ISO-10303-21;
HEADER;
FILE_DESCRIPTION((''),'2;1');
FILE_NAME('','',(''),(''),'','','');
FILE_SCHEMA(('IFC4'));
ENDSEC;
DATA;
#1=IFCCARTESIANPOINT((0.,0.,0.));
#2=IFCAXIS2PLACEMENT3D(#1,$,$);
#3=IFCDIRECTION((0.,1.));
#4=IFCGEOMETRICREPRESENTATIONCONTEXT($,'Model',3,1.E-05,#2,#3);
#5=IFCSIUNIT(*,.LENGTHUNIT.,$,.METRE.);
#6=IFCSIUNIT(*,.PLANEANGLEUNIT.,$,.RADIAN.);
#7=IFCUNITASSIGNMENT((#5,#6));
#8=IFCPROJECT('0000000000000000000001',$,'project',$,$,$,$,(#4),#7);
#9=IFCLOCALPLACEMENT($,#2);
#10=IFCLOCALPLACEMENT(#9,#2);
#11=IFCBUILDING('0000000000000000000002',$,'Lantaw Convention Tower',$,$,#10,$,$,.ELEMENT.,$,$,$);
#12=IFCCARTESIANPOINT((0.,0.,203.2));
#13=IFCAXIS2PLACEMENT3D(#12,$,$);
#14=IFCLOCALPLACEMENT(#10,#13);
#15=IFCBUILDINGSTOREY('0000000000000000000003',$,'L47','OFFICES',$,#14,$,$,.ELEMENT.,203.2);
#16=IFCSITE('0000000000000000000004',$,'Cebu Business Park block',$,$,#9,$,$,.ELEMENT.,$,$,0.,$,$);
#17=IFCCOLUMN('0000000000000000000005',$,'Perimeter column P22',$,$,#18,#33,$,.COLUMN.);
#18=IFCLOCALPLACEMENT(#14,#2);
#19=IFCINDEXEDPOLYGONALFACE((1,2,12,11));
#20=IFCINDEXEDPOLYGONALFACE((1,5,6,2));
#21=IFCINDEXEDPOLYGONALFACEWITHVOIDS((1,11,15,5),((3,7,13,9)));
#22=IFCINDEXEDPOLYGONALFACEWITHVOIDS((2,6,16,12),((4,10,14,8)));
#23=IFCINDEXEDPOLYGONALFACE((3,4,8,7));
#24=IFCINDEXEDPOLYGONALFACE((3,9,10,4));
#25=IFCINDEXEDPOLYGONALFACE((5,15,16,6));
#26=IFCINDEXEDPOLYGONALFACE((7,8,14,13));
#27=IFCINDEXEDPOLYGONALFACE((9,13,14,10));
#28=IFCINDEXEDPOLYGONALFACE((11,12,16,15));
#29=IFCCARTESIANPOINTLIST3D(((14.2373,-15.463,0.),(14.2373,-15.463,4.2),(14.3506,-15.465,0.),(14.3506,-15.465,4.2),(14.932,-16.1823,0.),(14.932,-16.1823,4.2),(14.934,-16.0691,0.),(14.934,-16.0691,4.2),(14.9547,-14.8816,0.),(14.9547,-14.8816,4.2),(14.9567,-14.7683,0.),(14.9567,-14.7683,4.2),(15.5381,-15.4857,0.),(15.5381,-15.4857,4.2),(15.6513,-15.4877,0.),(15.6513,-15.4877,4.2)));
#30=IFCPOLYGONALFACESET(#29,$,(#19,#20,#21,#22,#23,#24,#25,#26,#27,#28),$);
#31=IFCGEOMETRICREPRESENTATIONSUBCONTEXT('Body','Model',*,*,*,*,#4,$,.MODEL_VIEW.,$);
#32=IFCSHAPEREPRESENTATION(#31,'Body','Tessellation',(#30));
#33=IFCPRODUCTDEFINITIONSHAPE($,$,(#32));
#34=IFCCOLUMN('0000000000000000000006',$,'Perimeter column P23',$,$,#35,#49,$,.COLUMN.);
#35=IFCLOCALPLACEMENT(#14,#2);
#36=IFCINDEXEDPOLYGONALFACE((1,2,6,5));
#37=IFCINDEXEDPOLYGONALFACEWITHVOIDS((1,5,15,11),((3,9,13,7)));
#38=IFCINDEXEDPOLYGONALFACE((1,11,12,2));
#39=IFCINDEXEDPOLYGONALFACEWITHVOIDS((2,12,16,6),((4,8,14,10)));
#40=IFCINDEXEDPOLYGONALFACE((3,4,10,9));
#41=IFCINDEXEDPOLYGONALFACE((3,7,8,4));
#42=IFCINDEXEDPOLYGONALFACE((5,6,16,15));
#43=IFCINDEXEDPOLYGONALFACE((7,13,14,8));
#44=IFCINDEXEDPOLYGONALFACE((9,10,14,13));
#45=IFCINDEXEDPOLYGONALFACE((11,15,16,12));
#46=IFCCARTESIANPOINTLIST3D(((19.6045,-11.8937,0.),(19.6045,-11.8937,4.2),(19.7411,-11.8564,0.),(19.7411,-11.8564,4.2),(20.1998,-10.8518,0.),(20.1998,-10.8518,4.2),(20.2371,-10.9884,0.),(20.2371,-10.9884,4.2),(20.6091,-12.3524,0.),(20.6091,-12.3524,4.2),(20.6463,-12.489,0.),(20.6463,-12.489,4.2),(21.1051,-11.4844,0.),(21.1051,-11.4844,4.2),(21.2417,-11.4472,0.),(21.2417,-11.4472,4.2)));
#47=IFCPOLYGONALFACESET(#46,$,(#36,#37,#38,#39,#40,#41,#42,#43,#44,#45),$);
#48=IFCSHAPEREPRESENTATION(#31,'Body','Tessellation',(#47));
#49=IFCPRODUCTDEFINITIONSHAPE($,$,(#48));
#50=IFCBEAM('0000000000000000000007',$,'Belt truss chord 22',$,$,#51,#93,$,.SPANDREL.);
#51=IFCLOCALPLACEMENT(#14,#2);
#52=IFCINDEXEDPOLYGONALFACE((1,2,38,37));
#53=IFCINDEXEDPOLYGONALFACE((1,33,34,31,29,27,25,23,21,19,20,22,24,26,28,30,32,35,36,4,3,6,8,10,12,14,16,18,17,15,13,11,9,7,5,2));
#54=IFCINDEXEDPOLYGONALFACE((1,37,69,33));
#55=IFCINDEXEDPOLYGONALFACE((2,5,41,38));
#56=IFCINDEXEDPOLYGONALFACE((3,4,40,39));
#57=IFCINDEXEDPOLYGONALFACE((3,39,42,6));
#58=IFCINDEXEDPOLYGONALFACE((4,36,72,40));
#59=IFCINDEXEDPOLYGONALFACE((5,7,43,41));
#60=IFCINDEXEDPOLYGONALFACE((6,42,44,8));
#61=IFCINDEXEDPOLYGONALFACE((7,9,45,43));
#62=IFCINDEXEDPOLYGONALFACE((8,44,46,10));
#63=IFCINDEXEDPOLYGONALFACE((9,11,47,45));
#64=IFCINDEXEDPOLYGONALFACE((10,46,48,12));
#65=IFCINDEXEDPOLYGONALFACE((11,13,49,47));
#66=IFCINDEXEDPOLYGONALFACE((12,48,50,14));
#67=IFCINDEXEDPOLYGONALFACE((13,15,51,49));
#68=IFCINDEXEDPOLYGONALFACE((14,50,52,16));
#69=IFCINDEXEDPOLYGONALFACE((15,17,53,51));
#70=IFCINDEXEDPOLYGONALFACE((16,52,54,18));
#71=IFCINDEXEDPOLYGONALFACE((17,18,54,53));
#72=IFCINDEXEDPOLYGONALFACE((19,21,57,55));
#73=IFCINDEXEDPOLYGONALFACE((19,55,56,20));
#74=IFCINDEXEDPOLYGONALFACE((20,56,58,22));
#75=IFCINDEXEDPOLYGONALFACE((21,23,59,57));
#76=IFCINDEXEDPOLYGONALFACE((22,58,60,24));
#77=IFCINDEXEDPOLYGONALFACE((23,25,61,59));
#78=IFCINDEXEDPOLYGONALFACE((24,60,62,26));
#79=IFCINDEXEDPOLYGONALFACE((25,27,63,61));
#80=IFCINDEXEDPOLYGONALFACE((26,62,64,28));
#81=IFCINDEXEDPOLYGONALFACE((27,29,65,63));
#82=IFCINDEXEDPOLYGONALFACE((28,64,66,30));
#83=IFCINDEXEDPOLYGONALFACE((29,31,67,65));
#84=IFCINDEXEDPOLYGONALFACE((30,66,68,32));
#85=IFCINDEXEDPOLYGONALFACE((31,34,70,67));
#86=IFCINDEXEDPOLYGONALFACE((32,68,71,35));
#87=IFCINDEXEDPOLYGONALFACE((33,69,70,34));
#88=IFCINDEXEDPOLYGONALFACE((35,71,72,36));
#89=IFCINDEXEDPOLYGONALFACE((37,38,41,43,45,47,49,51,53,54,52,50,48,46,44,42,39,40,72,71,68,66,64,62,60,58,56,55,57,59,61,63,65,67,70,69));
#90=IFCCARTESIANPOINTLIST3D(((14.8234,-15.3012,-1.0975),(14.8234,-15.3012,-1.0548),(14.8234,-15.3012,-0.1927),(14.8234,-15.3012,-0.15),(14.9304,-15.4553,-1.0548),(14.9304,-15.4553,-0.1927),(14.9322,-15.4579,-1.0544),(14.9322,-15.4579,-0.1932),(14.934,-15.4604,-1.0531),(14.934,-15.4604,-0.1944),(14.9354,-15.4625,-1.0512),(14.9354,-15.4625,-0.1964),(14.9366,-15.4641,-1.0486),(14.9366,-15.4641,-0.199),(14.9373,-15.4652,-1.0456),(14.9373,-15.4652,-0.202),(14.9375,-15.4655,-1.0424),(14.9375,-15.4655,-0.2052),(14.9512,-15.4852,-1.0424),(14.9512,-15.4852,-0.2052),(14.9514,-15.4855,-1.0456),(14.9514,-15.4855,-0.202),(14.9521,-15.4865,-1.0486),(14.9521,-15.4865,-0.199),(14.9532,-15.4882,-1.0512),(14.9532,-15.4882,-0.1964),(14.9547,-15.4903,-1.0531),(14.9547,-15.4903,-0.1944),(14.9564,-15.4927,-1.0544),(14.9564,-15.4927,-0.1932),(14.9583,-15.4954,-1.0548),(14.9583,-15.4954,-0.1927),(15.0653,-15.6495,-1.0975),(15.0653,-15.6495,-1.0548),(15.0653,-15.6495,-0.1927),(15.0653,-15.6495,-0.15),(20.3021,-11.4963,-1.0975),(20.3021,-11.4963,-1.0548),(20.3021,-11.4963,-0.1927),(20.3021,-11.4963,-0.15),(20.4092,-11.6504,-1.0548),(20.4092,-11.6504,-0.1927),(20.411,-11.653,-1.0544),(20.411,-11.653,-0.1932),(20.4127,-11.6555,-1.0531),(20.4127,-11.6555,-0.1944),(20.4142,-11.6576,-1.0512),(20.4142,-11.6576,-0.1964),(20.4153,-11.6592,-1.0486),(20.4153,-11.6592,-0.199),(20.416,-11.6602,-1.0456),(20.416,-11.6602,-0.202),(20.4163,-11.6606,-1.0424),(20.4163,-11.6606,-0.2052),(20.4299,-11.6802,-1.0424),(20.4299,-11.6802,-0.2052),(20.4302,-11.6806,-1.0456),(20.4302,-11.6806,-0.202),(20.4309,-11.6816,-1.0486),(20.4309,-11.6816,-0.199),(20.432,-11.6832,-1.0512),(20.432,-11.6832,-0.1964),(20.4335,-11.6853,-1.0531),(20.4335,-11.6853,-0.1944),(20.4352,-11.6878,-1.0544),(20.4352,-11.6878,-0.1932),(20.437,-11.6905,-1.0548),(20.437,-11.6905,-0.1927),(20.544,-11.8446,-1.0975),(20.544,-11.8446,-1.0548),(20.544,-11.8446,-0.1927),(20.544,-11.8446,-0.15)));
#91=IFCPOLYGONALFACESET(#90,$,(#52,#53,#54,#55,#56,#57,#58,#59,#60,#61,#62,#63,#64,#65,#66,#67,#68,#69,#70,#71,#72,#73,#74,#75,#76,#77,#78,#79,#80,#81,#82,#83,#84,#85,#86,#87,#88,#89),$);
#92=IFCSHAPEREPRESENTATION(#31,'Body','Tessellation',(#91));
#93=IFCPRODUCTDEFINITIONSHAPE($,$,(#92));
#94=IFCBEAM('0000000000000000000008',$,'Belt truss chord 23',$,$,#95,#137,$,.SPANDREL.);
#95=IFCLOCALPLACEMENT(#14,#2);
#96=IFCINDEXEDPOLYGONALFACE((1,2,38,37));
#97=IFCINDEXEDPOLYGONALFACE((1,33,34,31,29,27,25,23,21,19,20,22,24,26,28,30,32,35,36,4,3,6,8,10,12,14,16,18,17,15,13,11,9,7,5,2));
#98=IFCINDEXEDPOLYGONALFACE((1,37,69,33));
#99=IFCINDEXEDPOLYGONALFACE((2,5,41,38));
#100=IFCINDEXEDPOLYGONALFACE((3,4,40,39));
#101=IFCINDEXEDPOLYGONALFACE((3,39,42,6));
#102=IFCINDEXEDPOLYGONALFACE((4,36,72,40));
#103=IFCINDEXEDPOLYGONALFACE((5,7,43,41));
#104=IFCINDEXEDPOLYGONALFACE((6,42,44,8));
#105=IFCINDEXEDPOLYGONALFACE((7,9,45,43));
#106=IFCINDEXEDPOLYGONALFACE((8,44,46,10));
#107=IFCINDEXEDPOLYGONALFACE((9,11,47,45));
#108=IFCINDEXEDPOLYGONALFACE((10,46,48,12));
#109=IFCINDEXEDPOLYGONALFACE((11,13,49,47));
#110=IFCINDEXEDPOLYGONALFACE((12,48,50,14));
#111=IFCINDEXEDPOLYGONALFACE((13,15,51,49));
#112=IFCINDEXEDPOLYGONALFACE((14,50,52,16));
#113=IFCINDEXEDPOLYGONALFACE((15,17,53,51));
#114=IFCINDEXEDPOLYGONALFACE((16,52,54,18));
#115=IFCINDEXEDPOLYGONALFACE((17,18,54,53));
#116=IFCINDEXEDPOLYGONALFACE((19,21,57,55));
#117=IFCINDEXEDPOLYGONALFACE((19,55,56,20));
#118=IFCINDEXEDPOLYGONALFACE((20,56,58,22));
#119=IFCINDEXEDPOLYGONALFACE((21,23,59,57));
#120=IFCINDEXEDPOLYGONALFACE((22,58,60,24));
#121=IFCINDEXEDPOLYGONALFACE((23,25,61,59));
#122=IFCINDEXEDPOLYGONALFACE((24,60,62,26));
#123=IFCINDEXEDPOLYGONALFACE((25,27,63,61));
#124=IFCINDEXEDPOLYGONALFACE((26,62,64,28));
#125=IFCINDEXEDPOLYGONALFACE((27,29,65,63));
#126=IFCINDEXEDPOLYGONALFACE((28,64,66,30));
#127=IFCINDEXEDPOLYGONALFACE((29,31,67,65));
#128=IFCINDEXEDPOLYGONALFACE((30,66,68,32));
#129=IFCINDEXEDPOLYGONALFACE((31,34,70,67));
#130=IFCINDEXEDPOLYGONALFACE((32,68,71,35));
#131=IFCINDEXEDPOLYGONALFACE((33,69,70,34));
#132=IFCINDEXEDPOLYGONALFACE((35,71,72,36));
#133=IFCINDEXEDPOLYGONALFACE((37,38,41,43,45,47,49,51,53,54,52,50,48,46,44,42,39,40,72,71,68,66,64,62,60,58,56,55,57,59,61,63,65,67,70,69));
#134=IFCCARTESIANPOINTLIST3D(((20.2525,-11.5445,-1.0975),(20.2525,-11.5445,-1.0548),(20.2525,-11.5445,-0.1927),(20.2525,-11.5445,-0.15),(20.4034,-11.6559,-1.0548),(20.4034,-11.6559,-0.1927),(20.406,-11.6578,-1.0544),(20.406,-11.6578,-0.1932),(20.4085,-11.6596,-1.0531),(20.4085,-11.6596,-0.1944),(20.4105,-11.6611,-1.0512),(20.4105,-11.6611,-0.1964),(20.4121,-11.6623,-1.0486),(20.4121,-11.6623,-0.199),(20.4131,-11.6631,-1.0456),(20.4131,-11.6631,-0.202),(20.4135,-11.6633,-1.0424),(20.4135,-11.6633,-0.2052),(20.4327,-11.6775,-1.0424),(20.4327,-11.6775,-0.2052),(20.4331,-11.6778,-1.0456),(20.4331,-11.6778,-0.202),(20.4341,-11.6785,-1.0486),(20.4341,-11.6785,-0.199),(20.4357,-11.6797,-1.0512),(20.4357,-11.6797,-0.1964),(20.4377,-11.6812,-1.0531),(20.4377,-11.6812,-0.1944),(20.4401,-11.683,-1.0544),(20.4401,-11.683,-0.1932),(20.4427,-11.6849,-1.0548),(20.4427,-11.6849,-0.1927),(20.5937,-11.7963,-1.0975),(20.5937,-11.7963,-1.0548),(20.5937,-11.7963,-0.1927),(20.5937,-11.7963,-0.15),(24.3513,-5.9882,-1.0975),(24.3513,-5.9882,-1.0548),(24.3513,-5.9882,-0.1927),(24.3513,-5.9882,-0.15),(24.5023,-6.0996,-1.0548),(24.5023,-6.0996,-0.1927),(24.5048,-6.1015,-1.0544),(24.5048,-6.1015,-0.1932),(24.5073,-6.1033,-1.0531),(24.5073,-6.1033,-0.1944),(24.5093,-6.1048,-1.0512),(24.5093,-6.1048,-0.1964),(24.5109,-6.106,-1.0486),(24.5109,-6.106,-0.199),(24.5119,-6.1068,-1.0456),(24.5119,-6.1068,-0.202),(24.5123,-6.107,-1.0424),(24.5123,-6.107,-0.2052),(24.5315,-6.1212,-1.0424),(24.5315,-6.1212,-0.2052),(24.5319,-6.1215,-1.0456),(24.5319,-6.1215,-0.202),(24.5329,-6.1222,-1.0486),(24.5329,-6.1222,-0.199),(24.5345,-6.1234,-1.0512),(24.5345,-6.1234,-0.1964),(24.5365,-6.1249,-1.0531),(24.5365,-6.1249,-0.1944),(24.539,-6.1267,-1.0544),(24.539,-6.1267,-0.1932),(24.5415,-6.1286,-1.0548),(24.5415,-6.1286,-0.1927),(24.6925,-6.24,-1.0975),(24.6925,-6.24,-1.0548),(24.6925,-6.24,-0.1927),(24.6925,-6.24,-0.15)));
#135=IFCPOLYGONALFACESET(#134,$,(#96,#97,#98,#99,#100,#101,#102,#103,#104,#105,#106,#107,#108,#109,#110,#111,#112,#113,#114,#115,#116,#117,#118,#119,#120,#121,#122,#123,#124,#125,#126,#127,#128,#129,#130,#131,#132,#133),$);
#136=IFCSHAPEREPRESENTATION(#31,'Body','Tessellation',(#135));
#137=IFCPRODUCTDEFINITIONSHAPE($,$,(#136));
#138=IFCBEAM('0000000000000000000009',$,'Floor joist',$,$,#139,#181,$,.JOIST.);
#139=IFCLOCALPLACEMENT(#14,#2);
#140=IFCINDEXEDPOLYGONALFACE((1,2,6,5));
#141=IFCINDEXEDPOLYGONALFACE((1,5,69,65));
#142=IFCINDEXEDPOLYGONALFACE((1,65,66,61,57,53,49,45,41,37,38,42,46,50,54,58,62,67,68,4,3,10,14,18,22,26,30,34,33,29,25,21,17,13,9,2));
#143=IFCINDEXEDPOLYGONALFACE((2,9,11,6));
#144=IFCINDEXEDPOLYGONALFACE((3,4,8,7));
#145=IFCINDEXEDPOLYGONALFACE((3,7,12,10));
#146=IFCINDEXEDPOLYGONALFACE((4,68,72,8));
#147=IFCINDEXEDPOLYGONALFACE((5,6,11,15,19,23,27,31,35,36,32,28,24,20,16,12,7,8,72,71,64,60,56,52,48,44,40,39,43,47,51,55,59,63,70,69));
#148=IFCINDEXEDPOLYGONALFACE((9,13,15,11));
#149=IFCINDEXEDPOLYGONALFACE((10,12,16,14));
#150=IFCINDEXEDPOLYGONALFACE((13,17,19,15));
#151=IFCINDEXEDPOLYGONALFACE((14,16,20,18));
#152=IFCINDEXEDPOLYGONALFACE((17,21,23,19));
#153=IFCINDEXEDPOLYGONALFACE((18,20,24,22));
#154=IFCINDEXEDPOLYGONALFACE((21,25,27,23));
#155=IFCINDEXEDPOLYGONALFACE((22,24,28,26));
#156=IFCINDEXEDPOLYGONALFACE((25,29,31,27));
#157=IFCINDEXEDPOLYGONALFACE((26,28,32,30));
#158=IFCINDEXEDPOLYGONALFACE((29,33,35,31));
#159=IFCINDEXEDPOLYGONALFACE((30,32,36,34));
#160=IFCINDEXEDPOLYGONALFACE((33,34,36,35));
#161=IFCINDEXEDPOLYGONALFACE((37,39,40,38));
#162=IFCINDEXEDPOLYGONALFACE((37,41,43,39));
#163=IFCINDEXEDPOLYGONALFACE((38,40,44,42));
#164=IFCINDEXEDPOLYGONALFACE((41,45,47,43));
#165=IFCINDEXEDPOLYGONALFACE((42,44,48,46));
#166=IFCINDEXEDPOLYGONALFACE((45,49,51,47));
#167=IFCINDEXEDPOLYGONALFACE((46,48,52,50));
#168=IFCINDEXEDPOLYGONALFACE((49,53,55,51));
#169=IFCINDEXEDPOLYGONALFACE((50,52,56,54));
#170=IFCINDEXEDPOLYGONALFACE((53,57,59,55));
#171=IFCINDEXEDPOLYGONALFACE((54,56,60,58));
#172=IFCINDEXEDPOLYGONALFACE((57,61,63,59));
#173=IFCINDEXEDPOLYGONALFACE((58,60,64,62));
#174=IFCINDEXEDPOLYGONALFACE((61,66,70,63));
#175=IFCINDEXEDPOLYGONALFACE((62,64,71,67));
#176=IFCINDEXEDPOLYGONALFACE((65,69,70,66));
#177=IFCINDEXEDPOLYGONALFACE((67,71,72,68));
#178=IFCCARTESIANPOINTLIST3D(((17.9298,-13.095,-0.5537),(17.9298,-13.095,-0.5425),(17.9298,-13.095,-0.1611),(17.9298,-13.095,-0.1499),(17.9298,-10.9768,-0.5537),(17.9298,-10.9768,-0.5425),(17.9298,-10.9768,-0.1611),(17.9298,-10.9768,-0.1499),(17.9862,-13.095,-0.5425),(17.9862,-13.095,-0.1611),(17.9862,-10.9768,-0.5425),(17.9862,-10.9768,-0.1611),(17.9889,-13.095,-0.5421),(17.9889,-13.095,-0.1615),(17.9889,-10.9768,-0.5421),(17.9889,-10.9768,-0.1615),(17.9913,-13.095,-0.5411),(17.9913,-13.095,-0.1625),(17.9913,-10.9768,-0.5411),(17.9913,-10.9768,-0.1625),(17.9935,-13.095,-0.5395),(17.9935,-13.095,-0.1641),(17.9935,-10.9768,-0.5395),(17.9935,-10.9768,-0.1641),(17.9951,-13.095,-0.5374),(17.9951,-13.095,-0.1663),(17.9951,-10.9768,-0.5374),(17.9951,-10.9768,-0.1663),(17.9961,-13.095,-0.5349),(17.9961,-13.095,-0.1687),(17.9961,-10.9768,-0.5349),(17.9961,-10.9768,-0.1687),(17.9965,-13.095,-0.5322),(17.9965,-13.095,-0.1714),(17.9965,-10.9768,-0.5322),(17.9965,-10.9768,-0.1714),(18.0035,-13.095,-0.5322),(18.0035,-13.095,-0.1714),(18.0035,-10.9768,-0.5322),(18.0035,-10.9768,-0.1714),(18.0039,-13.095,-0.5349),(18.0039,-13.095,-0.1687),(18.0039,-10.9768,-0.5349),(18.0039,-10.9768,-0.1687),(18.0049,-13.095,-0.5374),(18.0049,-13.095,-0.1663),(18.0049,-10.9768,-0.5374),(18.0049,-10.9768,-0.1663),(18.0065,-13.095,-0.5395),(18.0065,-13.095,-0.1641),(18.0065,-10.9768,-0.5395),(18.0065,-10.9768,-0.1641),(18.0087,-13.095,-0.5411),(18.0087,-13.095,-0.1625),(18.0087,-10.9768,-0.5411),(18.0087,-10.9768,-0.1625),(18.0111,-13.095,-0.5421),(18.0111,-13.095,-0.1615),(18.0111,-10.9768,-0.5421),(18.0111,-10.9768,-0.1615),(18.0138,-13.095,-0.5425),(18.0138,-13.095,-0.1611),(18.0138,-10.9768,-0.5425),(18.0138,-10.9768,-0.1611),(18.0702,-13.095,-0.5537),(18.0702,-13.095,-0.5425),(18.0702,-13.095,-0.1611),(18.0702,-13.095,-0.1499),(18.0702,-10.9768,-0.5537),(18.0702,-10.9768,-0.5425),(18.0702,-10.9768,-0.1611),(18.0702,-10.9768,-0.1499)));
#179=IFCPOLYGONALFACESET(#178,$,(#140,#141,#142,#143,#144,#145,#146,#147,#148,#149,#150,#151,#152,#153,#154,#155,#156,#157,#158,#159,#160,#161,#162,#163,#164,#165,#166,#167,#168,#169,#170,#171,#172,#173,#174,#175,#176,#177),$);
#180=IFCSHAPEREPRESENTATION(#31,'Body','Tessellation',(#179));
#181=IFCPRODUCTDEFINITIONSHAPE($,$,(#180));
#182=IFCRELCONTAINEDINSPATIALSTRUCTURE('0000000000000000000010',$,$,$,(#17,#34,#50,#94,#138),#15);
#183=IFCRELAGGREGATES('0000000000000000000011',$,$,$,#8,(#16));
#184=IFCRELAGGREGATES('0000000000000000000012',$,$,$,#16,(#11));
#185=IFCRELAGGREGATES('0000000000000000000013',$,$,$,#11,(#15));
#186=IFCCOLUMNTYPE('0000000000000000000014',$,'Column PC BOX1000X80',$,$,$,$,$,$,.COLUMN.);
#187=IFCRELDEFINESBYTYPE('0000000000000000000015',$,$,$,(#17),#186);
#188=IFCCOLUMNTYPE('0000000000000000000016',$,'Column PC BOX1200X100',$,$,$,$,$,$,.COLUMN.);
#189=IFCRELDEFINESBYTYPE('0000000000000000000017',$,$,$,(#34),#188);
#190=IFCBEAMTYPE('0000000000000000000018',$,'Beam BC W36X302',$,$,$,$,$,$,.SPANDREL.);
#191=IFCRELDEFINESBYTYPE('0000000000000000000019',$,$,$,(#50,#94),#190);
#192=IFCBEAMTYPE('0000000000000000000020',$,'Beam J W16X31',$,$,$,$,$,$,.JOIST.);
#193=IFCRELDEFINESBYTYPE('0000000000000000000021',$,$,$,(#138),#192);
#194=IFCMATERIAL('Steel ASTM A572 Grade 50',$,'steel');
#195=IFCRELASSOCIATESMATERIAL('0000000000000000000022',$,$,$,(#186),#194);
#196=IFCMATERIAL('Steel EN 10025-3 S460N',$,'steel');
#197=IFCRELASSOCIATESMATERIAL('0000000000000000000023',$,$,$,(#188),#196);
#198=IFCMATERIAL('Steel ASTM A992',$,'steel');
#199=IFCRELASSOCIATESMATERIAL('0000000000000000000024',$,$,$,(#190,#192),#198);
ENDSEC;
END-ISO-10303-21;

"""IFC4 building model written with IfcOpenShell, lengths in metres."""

from ifc_helpers import new_model, si_unit, direction, frame, origin, origin_2d, place, context, subcontext, project, spatial, rectangle, hollow_rectangle, i_section, extrude, material, material_profile, profile_set, type_object, element, save


model = new_model("IFC4")

# Units and contexts
model_context = context("Model", 3, precision=1e-05, world=origin(), true_north=direction((0.0, 1.0)))
body_context = subcontext(model_context, "Body", "Model", "MODEL_VIEW")
ifc_project = project(units=[si_unit("LENGTHUNIT", "METRE"), si_unit("PLANEANGLEUNIT", "RADIAN")], contexts=[model_context])

# Site, building, storey
site_placement = place(None, origin())
site = spatial("IfcSite", under=ifc_project, at=site_placement, Name="Cebu Business Park block", CompositionType="ELEMENT", RefElevation=0.0)
building_placement = place(site_placement, origin())
building = spatial("IfcBuilding", under=site, at=building_placement, Name="Lantaw Convention Tower", CompositionType="ELEMENT")
storey_placement = place(building_placement, frame((0.0, 0.0, 203.2)))
storey = spatial("IfcBuildingStorey", under=building, at=storey_placement, Name="L47", Description="OFFICES", CompositionType="ELEMENT", Elevation=203.2)

# Columns
ifc_material_1 = material(Name="Steel ASTM A572 Grade 50", Category="steel")
ifc_material_profile_1 = material_profile(ifc_material_1, hollow_rectangle(XDim=1.0, YDim=1.0, WallThickness=0.0801, at=origin_2d()), Name="BOX1000X80")
ifc_material_2 = material(Name="Concrete C60/75", Category="concrete")
ifc_material_profile_2 = material_profile(ifc_material_2, rectangle(XDim=0.8401, YDim=0.8401, at=origin_2d()), Name="Concrete fill of BOX1000X80")
ifc_profile_set_1 = profile_set([ifc_material_profile_1, ifc_material_profile_2], Name="Steel ASTM A572 Grade 50")
column_type_1 = type_object("IfcColumnType", Name="Column PC BOX1000X80", PredefinedType="COLUMN", material=ifc_profile_set_1)
column_1_placement = place(storey_placement, frame((14.9443, -15.4753, 0.0), z_axis=(0.0, 0.0, 1.0), x_axis=(0.71934, 0.694658, 0.0)))
element("IfcColumn", 1, at=column_1_placement, inside=storey, type_object=column_type_1, Name="Perimeter column P22", PredefinedType="COLUMN", context=body_context, shape_type="SweptSolid", body=[
    extrude(hollow_rectangle(XDim=1.0, YDim=1.0, WallThickness=0.0801, at=origin_2d()), origin(), (0.0, 0.0, 1.0), 4.2),
])
ifc_material_3 = material(Name="Steel EN 10025-3 S460N", Category="steel")
ifc_material_profile_3 = material_profile(ifc_material_3, hollow_rectangle(XDim=1.2, YDim=1.2, WallThickness=0.1001, at=origin_2d()), Name="BOX1200X100")
ifc_material_profile_4 = material_profile(ifc_material_2, rectangle(XDim=1.0, YDim=1.0, at=origin_2d()), Name="Concrete fill of BOX1200X100")
ifc_profile_set_2 = profile_set([ifc_material_profile_3, ifc_material_profile_4], Name="Steel EN 10025-3 S460N")
column_type_2 = type_object("IfcColumnType", Name="Column PC BOX1200X100", PredefinedType="COLUMN", material=ifc_profile_set_2)
column_2_placement = place(storey_placement, frame((20.4231, -11.6704, 0.0), z_axis=(0.0, 0.0, 1.0), x_axis=(0.496139, 0.868243, 0.0)))
element("IfcColumn", 2, at=column_2_placement, inside=storey, type_object=column_type_2, Name="Perimeter column P23", PredefinedType="COLUMN", context=body_context, shape_type="SweptSolid", body=[
    extrude(hollow_rectangle(XDim=1.2, YDim=1.2, WallThickness=0.1001, at=origin_2d()), origin(), (0.0, 0.0, 1.0), 4.2),
])

# Beams
ifc_material_4 = material(Name="Steel ASTM A992", Category="steel")
ifc_material_profile_5 = material_profile(ifc_material_4, i_section(OverallWidth=0.4241, OverallDepth=0.9475, WebThickness=0.0239, FlangeThickness=0.0427, FilletRadius=0.0125, at=origin_2d()), Name="W36X302")
ifc_profile_set_3 = profile_set([ifc_material_profile_5], Name="Steel ASTM A992")
beam_type_1 = type_object("IfcBeamType", Name="Beam BC W36X302", PredefinedType="SPANDREL", material=ifc_profile_set_3)
beam_1_placement = place(storey_placement, frame((14.9443, -15.4753, -0.6238), z_axis=(0.821353, 0.57042, 0.0), x_axis=(-0.57042, 0.821353, 0.0)))
element("IfcBeam", 3, at=beam_1_placement, inside=storey, type_object=beam_type_1, Name="Belt truss chord 22", PredefinedType="SPANDREL", context=body_context, shape_type="SweptSolid", body=[
    extrude(i_section(OverallWidth=0.4241, OverallDepth=0.9475, WebThickness=0.0239, FlangeThickness=0.0427, FilletRadius=0.0125, at=origin_2d()), origin(), (0.0, 0.0, 1.0), 6.6704),
])
beam_2_placement = place(storey_placement, frame((20.4231, -11.6704, -0.6238), z_axis=(0.593639, 0.804731, 0.0), x_axis=(-0.804731, 0.593639, 0.0)))
element("IfcBeam", 4, at=beam_2_placement, inside=storey, type_object=beam_type_1, Name="Belt truss chord 23", PredefinedType="SPANDREL", context=body_context, shape_type="SweptSolid", body=[
    extrude(i_section(OverallWidth=0.4241, OverallDepth=0.9475, WebThickness=0.0239, FlangeThickness=0.0427, FilletRadius=0.0125, at=origin_2d()), origin(), (0.0, 0.0, 1.0), 6.9045),
])
ifc_material_profile_6 = material_profile(ifc_material_4, i_section(OverallWidth=0.1404, OverallDepth=0.4038, WebThickness=0.0071, FlangeThickness=0.0112, FilletRadius=0.0103, at=origin_2d()), Name="W16X31")
ifc_profile_set_4 = profile_set([ifc_material_profile_6], Name="Steel ASTM A992")
beam_type_2 = type_object("IfcBeamType", Name="Beam J W16X31", PredefinedType="JOIST", material=ifc_profile_set_4)
beam_3_placement = place(storey_placement, frame((18.0, -13.095, -0.3518), z_axis=(0.0, 1.0, 0.0), x_axis=(-1.0, 0.0, 0.0)))
element("IfcBeam", 5, at=beam_3_placement, inside=storey, type_object=beam_type_2, Name="Floor joist", PredefinedType="JOIST", context=body_context, shape_type="SweptSolid", body=[
    extrude(i_section(OverallWidth=0.1404, OverallDepth=0.4038, WebThickness=0.0071, FlangeThickness=0.0112, FilletRadius=0.0103, at=origin_2d()), origin(), (0.0, 0.0, 1.0), 2.1182),
])

save(model, "model.ifc")
